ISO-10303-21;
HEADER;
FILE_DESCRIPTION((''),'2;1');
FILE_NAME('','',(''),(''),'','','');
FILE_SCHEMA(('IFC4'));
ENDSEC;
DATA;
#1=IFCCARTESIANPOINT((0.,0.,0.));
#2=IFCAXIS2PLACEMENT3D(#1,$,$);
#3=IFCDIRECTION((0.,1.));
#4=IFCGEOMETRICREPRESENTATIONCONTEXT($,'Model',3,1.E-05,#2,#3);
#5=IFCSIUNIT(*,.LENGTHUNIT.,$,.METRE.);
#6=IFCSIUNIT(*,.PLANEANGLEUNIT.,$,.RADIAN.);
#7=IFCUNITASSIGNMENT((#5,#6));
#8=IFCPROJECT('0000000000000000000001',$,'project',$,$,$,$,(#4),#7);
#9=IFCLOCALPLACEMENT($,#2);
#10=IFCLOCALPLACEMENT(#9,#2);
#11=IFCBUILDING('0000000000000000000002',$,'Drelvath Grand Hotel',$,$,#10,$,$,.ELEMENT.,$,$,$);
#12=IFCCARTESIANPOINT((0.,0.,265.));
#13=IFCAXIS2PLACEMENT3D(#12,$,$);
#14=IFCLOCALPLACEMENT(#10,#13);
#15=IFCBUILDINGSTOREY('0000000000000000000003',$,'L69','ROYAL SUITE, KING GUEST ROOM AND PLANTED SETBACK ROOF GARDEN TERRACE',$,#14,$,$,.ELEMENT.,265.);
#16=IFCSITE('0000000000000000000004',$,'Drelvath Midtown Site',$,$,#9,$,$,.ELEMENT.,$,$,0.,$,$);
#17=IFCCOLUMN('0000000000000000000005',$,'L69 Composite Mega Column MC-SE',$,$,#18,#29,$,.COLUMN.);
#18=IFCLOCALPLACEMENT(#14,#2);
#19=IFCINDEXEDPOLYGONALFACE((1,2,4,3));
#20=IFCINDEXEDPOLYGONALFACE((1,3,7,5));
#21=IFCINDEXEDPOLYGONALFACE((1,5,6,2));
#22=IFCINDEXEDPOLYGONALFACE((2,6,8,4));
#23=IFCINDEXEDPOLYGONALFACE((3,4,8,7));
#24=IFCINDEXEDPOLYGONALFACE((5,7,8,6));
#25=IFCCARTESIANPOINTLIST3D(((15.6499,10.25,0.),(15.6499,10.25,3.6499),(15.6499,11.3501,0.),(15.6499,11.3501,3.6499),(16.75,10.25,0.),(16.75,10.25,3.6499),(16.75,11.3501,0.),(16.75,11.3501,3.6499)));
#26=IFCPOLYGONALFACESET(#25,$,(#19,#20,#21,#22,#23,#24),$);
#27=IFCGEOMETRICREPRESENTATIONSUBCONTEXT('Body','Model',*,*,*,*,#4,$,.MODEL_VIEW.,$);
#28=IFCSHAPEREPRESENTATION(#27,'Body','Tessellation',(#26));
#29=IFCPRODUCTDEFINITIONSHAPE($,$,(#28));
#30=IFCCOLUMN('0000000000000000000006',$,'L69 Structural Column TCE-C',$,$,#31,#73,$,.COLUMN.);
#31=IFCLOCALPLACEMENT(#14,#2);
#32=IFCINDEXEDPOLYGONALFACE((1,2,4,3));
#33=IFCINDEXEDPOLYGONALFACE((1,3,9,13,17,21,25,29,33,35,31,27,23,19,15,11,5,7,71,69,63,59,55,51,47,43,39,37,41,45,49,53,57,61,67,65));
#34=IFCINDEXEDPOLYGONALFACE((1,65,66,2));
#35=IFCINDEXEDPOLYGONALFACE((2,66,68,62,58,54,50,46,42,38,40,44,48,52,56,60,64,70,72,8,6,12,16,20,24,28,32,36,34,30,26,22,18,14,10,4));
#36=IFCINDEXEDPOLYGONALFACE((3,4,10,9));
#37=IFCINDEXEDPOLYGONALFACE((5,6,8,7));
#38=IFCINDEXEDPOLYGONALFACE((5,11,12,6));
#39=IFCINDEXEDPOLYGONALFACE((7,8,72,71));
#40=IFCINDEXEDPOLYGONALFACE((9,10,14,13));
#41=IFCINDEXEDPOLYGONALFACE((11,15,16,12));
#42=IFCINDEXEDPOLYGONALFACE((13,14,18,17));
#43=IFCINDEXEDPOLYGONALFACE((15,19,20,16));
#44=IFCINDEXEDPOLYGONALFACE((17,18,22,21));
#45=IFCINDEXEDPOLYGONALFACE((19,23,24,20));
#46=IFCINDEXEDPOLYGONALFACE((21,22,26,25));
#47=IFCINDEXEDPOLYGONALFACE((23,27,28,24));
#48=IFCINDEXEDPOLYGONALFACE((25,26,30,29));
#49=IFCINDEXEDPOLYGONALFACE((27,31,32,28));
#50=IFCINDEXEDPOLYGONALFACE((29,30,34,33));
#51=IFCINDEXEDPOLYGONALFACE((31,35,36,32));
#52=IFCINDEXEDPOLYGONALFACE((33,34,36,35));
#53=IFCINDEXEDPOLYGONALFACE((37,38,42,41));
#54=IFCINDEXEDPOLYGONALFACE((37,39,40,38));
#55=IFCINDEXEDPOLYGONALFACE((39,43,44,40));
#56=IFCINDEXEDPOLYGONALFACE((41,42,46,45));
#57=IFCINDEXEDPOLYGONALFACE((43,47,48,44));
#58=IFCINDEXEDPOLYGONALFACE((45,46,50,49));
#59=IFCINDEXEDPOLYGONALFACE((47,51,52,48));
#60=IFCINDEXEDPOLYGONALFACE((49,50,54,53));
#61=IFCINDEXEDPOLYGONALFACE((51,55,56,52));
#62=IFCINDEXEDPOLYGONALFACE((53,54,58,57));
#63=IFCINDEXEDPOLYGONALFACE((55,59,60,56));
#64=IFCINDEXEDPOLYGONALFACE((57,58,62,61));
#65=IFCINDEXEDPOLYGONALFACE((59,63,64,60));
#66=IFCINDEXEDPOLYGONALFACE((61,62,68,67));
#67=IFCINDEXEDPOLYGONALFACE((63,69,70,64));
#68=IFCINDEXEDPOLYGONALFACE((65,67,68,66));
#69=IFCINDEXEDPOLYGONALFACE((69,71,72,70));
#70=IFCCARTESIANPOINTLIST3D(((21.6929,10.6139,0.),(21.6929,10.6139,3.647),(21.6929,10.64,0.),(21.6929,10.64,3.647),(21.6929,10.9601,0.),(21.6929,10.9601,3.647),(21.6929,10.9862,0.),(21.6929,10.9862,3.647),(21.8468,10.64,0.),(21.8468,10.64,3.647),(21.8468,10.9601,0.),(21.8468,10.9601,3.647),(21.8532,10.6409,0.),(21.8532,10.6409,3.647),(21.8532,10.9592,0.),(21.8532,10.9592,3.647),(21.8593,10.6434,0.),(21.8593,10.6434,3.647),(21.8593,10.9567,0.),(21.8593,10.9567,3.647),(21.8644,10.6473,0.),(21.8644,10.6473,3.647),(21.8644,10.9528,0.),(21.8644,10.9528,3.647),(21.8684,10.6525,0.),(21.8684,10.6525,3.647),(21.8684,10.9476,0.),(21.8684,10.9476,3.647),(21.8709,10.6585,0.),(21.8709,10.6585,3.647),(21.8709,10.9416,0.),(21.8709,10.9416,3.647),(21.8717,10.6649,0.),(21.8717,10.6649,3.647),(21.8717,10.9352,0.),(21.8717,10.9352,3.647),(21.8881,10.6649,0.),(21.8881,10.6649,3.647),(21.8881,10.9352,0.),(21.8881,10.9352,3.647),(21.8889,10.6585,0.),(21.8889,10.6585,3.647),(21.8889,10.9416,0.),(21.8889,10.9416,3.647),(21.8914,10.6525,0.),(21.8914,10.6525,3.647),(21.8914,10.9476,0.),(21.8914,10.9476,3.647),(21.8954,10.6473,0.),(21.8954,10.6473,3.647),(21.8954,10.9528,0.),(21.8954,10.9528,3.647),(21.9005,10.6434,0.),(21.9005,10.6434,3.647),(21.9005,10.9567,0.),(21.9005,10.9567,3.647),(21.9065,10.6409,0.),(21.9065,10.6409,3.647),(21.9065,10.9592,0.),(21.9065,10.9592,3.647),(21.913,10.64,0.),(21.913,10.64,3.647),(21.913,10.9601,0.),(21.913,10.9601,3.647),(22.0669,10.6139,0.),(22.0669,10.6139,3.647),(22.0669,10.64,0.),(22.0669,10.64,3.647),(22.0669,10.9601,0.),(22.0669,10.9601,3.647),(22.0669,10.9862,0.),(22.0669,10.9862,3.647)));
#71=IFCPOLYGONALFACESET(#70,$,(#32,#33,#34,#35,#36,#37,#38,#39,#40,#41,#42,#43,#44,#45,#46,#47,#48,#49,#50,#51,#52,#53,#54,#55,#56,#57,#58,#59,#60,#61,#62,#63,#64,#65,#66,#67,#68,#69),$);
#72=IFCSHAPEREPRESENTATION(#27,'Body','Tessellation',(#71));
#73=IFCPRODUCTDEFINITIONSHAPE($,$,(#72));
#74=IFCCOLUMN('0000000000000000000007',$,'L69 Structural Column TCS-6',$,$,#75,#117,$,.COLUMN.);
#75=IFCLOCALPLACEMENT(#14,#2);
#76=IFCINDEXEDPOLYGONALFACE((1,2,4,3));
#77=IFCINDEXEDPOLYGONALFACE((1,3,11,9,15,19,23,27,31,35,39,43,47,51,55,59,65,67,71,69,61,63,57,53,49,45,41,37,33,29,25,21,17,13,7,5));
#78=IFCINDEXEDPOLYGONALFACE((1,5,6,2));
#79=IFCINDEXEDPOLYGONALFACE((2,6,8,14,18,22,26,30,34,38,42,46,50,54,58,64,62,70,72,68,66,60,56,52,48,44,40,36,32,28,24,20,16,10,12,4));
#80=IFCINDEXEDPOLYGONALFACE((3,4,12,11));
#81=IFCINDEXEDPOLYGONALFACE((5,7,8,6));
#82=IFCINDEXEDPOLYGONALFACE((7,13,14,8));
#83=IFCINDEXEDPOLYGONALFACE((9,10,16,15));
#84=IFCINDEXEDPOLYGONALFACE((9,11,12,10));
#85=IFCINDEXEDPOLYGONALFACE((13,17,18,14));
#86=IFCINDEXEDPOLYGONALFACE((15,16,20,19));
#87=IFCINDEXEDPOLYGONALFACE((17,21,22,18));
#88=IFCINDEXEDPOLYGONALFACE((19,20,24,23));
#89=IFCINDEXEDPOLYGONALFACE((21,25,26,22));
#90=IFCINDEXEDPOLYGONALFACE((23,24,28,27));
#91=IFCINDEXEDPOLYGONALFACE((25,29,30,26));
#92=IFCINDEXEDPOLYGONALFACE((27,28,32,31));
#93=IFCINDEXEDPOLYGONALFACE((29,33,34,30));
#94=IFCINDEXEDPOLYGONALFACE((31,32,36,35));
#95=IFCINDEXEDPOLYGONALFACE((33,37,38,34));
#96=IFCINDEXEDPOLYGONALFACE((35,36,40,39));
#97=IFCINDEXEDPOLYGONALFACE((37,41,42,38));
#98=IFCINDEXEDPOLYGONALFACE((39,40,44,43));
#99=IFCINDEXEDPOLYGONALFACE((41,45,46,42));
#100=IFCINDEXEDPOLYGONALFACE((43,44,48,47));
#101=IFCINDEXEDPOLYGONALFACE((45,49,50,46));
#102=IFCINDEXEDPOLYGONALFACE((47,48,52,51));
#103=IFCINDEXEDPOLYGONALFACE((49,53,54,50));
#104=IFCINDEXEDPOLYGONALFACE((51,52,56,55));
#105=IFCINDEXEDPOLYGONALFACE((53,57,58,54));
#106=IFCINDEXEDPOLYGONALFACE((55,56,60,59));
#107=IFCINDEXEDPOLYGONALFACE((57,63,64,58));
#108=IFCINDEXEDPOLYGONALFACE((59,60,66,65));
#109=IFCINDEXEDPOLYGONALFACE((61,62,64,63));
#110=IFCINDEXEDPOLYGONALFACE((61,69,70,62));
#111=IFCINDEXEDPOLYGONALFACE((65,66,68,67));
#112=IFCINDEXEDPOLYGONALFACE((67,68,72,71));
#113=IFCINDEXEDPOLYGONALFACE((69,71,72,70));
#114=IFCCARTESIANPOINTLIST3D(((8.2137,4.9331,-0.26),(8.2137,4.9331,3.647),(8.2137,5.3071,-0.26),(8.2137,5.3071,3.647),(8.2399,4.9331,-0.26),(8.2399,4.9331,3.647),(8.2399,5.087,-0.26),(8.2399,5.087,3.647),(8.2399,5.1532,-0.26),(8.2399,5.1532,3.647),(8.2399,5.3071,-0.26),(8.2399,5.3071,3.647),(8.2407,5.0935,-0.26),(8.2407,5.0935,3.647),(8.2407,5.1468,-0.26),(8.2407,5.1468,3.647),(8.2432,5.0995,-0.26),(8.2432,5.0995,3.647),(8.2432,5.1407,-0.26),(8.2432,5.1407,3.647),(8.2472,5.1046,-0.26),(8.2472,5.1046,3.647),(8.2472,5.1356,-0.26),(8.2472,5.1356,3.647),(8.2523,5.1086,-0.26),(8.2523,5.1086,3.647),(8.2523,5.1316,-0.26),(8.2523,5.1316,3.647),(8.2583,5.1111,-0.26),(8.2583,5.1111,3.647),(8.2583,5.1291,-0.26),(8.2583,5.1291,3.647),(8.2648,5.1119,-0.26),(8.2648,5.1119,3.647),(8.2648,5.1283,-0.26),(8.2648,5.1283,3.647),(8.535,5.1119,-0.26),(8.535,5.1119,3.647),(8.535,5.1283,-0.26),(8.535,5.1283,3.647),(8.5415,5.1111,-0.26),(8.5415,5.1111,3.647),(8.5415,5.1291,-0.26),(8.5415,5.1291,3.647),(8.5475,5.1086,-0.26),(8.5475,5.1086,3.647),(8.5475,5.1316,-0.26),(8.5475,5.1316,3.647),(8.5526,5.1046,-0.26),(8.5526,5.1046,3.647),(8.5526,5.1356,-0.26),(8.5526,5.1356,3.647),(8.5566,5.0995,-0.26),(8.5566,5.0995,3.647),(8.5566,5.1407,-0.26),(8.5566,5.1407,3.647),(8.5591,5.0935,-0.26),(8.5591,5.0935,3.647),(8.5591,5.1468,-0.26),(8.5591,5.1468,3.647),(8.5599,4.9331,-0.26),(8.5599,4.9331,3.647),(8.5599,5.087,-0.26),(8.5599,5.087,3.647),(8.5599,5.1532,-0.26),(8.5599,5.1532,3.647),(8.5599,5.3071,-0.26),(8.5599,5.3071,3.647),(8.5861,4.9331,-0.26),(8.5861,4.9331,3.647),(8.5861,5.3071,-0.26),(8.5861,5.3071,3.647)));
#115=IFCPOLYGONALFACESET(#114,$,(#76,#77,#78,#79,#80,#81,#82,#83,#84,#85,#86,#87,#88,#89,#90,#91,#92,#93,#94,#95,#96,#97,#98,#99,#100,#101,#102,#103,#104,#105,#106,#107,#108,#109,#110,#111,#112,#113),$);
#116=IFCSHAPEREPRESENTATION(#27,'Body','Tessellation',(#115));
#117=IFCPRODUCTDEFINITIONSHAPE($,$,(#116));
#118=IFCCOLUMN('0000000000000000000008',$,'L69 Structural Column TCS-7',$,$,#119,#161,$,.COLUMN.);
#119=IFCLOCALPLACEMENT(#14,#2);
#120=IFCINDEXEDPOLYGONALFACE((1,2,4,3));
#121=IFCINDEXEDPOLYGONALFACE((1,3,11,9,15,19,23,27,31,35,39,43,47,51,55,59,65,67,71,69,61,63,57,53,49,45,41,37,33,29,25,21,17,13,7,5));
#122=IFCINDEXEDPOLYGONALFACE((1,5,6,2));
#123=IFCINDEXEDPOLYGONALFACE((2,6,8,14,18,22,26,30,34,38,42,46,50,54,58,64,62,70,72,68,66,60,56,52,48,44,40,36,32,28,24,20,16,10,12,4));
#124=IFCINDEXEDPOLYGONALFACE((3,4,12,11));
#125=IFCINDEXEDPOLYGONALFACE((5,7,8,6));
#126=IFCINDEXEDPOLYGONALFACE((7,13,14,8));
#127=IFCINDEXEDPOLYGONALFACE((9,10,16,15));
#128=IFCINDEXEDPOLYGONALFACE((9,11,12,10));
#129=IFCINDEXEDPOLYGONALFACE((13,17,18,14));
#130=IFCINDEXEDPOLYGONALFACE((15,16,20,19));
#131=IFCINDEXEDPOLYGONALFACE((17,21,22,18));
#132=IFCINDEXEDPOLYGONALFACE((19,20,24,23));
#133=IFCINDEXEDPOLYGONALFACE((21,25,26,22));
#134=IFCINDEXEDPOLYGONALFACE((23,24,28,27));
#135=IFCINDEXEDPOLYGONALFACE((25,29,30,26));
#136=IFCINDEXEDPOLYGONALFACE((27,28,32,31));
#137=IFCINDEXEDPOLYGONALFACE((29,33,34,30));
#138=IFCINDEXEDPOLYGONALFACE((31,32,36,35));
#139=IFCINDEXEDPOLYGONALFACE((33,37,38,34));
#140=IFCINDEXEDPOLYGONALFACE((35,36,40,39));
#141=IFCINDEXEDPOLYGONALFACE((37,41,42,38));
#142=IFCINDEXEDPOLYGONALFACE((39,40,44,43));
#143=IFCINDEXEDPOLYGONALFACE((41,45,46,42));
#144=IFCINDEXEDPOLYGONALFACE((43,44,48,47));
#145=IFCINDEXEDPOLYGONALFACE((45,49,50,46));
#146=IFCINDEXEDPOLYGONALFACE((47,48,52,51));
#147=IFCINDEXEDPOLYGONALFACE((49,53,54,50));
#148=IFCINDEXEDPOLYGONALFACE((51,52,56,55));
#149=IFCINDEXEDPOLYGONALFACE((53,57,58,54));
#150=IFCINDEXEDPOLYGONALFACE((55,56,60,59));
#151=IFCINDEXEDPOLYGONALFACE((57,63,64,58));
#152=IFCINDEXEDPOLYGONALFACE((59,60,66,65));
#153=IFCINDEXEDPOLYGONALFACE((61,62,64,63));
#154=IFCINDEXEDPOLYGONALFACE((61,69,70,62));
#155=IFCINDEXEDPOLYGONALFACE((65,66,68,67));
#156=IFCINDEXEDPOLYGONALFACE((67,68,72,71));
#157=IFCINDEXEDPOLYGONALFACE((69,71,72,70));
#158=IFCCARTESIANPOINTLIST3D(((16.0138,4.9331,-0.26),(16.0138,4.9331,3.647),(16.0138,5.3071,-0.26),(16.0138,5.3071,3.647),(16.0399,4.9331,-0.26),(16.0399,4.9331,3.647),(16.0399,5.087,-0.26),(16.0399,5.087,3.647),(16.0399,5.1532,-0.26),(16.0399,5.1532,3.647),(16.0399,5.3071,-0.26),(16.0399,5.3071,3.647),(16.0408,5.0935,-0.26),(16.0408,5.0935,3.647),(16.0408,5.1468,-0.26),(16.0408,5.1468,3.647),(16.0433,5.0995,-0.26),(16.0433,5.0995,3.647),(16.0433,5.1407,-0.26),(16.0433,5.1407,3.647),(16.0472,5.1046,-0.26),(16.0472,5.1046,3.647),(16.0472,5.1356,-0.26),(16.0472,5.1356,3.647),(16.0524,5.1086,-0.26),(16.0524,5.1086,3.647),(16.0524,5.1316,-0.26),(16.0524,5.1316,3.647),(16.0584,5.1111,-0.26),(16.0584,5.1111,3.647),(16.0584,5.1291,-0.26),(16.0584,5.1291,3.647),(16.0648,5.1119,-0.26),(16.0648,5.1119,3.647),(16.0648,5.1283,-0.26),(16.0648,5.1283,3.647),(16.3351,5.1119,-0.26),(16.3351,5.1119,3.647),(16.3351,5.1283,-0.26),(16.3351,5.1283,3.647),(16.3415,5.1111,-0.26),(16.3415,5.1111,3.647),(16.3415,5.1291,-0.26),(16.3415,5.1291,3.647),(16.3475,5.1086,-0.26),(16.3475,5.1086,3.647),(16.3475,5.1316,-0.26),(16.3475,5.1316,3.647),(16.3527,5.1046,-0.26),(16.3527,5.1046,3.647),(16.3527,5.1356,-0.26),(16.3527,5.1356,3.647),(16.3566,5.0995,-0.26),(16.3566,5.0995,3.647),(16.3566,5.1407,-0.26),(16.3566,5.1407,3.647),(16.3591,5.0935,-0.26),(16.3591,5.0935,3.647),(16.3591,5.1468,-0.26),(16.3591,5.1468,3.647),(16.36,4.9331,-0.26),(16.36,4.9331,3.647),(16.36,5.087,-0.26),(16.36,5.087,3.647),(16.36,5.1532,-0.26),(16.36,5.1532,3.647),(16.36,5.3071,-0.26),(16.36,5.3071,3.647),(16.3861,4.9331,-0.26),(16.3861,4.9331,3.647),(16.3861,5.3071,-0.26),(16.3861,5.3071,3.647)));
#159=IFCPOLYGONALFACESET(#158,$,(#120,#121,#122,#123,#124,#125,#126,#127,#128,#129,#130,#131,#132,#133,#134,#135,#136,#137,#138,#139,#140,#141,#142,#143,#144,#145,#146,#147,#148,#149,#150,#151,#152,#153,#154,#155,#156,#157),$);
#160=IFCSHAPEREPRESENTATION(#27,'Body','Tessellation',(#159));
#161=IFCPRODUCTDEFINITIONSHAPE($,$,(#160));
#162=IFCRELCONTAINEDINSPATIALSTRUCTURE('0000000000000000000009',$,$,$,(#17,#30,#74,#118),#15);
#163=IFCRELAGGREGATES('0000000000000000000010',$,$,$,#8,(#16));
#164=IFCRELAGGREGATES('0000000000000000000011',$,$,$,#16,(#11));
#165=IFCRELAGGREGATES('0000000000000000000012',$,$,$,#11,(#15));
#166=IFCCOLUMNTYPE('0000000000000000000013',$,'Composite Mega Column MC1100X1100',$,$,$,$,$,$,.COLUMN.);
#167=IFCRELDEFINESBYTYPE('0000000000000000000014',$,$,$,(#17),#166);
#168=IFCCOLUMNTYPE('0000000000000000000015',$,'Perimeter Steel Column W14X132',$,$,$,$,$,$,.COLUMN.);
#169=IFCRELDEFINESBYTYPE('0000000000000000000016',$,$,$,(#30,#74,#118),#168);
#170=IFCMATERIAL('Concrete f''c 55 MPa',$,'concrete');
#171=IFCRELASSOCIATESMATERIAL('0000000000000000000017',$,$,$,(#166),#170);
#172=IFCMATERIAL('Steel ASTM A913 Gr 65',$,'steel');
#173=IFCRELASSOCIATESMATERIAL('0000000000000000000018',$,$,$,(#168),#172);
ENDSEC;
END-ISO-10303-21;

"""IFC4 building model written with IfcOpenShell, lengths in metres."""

from ifc_helpers import new_model, si_unit, direction, frame, origin, origin_2d, place, context, subcontext, project, spatial, rectangle, i_section, extrude, material, material_profile, profile_set, type_object, element, save


model = new_model("IFC4")

# Units and contexts
model_context = context("Model", 3, precision=1e-05, world=origin(), true_north=direction((0.0, 1.0)))
body_context = subcontext(model_context, "Body", "Model", "MODEL_VIEW")
ifc_project = project(units=[si_unit("LENGTHUNIT", "METRE"), si_unit("PLANEANGLEUNIT", "RADIAN")], contexts=[model_context])

# Site, building, storey
site_placement = place(None, origin())
site = spatial("IfcSite", under=ifc_project, at=site_placement, Name="Drelvath Midtown Site", CompositionType="ELEMENT", RefElevation=0.0)
building_placement = place(site_placement, origin())
building = spatial("IfcBuilding", under=site, at=building_placement, Name="Drelvath Grand Hotel", CompositionType="ELEMENT")
storey_placement = place(building_placement, frame((0.0, 0.0, 265.0)))
storey = spatial("IfcBuildingStorey", under=building, at=storey_placement, Name="L69", Description="ROYAL SUITE, KING GUEST ROOM AND PLANTED SETBACK ROOF GARDEN TERRACE", CompositionType="ELEMENT", Elevation=265.0)

# Columns
ifc_material_1 = material(Name="Concrete f'c 55 MPa", Category="concrete")
ifc_material_profile_1 = material_profile(ifc_material_1, rectangle(XDim=1.1001, YDim=1.1001, at=origin_2d()), Name="MC1100X1100")
ifc_profile_set_1 = profile_set([ifc_material_profile_1], Name="Concrete f'c 55 MPa")
column_type_1 = type_object("IfcColumnType", Name="Composite Mega Column MC1100X1100", PredefinedType="COLUMN", material=ifc_profile_set_1)
column_1_placement = place(storey_placement, frame((16.2, 10.8, 0.0), z_axis=(0.0, 0.0, 1.0), x_axis=(1.0, 0.0, 0.0)))
element("IfcColumn", 1, at=column_1_placement, inside=storey, type_object=column_type_1, Name="L69 Composite Mega Column MC-SE", PredefinedType="COLUMN", context=body_context, shape_type="SweptSolid", body=[
    extrude(rectangle(XDim=1.1001, YDim=1.1001, at=origin_2d()), origin(), (0.0, 0.0, 1.0), 3.6499),
])
ifc_material_2 = material(Name="Steel ASTM A913 Gr 65", Category="steel")
ifc_material_profile_2 = material_profile(ifc_material_2, i_section(OverallWidth=0.374, OverallDepth=0.3723, WebThickness=0.0164, FlangeThickness=0.0261, FilletRadius=0.0249, at=origin_2d()), Name="W14X132")
ifc_profile_set_2 = profile_set([ifc_material_profile_2], Name="Steel ASTM A913 Gr 65")
column_type_2 = type_object("IfcColumnType", Name="Perimeter Steel Column W14X132", PredefinedType="COLUMN", material=ifc_profile_set_2)
column_2_placement = place(storey_placement, frame((21.8799, 10.8, 0.0), z_axis=(0.0, 0.0, 1.0), x_axis=(1.0, 0.0, 0.0)))
element("IfcColumn", 2, at=column_2_placement, inside=storey, type_object=column_type_2, Name="L69 Structural Column TCE-C", PredefinedType="COLUMN", context=body_context, shape_type="SweptSolid", body=[
    extrude(i_section(OverallWidth=0.374, OverallDepth=0.3723, WebThickness=0.0164, FlangeThickness=0.0261, FilletRadius=0.0249, at=origin_2d()), origin(), (0.0, 0.0, 1.0), 3.647),
])
for number, where, z_axis, x_axis, name in (
    (3, (8.3999, 5.1201, -0.26), (0.0, 0.0, 1.0), (0.0, 1.0, 0.0), "L69 Structural Column TCS-6"),
    (4, (16.2, 5.1201, -0.26), (0.0, 0.0, 1.0), (0.0, 1.0, 0.0), "L69 Structural Column TCS-7"),
):
    element("IfcColumn", number, at=place(storey_placement, frame(where, z_axis=z_axis, x_axis=x_axis)), inside=storey, type_object=column_type_2, Name=name, PredefinedType="COLUMN", context=body_context, shape_type="SweptSolid", body=[
        extrude(i_section(OverallWidth=0.374, OverallDepth=0.3723, WebThickness=0.0164, FlangeThickness=0.0261, FilletRadius=0.0249, at=origin_2d()), origin(), (0.0, 0.0, 1.0), 3.907),
    ])

save(model, "model.ifc")
